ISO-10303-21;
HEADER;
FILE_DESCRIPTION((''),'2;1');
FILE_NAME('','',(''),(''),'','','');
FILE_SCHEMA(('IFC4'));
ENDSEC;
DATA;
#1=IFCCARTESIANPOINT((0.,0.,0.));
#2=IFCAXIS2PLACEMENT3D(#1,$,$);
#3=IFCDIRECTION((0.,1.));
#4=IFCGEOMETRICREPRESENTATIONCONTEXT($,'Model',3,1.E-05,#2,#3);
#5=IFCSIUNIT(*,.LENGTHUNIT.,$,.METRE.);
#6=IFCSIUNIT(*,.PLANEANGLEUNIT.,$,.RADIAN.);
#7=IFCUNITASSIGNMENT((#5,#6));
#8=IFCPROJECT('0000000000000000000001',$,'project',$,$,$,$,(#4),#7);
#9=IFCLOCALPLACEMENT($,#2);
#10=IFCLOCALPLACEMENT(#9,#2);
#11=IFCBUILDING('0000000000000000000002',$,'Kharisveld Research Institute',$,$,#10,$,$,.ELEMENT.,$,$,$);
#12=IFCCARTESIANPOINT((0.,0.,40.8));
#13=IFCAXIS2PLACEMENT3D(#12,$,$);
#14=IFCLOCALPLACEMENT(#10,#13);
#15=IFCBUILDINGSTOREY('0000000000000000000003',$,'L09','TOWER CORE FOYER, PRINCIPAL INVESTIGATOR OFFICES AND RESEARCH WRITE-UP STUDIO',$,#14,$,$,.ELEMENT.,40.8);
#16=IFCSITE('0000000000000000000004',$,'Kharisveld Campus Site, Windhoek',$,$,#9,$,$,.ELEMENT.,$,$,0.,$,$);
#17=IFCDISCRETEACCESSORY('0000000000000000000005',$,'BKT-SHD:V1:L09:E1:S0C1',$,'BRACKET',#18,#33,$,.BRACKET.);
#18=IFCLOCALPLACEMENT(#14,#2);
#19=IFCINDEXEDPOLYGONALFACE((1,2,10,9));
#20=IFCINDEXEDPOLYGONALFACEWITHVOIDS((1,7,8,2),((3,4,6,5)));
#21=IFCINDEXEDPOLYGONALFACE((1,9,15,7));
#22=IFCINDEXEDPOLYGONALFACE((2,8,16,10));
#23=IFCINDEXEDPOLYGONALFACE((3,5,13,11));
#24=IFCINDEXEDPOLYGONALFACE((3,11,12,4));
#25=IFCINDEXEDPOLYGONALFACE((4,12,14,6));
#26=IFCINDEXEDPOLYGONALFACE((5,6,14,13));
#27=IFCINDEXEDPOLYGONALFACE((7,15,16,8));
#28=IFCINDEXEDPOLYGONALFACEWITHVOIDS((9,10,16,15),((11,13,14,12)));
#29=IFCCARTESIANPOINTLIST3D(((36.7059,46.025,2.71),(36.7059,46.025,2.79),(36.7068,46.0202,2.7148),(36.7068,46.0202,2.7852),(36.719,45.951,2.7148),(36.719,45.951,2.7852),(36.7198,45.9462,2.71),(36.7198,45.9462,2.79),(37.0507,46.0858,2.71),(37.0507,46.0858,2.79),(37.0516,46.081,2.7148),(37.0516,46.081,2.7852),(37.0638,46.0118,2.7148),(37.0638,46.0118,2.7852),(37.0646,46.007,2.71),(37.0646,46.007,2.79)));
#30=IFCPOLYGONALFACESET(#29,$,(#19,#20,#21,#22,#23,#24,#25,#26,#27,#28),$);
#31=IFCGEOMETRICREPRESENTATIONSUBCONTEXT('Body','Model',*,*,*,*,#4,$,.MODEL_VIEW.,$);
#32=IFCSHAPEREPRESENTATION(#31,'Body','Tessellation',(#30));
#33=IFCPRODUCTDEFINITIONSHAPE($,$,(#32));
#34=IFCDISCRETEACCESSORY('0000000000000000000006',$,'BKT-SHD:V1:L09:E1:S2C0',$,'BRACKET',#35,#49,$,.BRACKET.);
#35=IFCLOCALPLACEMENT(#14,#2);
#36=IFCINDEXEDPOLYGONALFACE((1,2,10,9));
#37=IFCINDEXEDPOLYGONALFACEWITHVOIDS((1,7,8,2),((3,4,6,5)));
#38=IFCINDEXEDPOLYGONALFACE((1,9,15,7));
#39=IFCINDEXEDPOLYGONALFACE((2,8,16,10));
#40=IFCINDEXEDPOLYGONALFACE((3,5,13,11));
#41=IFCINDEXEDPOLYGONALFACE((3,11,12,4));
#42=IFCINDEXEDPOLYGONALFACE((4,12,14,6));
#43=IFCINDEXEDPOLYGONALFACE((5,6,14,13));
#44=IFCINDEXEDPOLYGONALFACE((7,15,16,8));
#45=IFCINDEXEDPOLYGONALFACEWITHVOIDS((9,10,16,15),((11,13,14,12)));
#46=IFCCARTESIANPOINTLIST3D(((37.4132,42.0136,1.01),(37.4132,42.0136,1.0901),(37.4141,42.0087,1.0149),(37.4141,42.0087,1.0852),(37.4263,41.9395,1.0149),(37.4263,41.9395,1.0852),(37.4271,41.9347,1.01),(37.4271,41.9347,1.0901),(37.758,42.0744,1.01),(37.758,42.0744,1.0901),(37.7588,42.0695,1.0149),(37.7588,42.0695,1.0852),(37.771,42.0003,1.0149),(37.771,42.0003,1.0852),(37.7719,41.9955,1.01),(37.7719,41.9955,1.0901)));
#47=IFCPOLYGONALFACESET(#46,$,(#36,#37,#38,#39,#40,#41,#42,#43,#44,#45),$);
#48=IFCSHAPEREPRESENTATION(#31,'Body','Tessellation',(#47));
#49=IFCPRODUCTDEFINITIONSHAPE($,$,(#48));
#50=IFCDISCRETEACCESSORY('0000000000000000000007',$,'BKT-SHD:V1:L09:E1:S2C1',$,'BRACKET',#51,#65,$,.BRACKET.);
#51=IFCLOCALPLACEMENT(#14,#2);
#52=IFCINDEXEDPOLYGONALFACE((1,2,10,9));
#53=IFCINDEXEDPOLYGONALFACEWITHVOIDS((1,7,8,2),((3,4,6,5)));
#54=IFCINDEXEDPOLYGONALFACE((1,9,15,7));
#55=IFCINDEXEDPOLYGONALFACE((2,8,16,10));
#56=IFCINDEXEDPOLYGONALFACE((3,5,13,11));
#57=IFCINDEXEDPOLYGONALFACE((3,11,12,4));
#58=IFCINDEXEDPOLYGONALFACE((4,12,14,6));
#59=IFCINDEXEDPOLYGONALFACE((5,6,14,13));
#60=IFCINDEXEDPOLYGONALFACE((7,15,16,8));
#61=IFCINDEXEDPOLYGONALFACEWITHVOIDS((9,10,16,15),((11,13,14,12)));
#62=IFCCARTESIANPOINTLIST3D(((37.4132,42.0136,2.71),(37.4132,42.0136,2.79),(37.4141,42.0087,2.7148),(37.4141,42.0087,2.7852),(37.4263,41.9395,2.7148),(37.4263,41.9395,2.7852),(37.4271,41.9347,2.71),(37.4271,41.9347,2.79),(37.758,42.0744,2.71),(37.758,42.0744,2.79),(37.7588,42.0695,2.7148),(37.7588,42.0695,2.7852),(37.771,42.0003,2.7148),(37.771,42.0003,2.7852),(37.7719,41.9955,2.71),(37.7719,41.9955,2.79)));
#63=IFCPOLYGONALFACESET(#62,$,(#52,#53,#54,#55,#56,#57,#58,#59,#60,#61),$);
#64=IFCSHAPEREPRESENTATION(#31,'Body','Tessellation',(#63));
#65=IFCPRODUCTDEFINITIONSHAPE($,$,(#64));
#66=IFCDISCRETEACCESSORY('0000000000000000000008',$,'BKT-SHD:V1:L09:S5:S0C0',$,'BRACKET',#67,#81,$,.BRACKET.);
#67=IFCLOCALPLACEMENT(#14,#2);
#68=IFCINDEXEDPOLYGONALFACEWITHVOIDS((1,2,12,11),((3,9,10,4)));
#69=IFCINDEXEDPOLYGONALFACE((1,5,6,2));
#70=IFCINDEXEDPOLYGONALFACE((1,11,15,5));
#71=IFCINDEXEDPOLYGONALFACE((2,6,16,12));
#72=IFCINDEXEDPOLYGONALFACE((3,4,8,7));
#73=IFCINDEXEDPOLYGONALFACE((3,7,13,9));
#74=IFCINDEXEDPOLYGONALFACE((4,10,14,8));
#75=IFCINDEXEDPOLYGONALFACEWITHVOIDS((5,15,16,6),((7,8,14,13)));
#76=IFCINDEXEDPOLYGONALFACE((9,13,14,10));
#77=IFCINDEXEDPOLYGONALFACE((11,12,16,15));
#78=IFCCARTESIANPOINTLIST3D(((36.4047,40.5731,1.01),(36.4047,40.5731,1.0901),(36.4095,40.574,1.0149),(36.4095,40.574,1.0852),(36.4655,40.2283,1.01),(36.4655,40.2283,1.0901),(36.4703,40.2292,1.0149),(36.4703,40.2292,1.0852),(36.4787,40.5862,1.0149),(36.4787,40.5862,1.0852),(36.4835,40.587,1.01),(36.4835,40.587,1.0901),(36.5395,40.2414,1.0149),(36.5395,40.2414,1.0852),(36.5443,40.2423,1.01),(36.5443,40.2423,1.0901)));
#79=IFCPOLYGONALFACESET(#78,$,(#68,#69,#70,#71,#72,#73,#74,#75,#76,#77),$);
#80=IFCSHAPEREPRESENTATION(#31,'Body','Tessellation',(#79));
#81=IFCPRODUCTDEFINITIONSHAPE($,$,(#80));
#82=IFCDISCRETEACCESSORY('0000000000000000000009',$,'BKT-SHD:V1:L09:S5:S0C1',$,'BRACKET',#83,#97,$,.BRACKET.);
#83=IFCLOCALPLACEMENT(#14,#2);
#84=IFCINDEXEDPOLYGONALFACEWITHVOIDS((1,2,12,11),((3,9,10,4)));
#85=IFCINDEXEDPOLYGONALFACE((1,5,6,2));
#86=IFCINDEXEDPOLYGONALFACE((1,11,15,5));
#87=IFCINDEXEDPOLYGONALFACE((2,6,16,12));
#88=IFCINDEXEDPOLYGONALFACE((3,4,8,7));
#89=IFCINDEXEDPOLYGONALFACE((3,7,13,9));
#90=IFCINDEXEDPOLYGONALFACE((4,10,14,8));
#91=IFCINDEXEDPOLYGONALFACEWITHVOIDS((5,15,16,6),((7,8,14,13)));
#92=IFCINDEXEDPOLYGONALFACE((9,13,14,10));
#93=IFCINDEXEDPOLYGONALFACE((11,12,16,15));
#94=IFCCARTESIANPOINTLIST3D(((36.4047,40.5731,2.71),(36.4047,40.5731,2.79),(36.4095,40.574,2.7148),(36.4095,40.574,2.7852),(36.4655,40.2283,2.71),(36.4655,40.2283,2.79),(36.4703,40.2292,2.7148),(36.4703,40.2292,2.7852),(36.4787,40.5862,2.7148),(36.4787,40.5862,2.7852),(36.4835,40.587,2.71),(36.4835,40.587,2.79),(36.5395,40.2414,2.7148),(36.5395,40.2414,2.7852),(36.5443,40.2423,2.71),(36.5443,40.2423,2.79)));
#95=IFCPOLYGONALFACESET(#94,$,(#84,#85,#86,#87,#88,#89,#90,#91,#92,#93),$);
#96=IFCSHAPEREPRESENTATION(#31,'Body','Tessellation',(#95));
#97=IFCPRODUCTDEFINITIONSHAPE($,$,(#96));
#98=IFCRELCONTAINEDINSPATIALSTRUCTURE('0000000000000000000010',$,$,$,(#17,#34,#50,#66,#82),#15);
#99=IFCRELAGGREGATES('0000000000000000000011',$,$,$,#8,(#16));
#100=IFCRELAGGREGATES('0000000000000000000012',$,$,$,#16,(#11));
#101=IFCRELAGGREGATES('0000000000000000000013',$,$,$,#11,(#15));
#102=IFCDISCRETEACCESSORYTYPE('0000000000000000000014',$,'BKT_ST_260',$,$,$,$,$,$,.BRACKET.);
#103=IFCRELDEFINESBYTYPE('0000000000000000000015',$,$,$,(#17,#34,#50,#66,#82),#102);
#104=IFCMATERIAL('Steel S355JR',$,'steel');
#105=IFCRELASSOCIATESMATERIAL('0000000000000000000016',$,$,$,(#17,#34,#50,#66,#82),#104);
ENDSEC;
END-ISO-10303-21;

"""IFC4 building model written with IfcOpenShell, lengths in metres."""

from ifc_helpers import new_model, si_unit, direction, frame, origin, origin_2d, place, context, subcontext, project, spatial, hollow_rectangle, extrude, material, type_object, element, save


model = new_model("IFC4")

# Units and contexts
model_context = context("Model", 3, precision=1e-05, world=origin(), true_north=direction((0.0, 1.0)))
body_context = subcontext(model_context, "Body", "Model", "MODEL_VIEW")
ifc_project = project(units=[si_unit("LENGTHUNIT", "METRE"), si_unit("PLANEANGLEUNIT", "RADIAN")], contexts=[model_context])

# Site, building, storey
site_placement = place(None, origin())
site = spatial("IfcSite", under=ifc_project, at=site_placement, Name="Kharisveld Campus Site, Windhoek", CompositionType="ELEMENT", RefElevation=0.0)
building_placement = place(site_placement, origin())
building = spatial("IfcBuilding", under=site, at=building_placement, Name="Kharisveld Research Institute", CompositionType="ELEMENT")
storey_placement = place(building_placement, frame((0.0, 0.0, 40.8)))
storey = spatial("IfcBuildingStorey", under=building, at=storey_placement, Name="L09", Description="TOWER CORE FOYER, PRINCIPAL INVESTIGATOR OFFICES AND RESEARCH WRITE-UP STUDIO", CompositionType="ELEMENT", Elevation=40.8)

# Discrete accessories
ifc_material_1 = material(Name="Steel S355JR", Category="steel")
discrete_accessory_type = type_object("IfcDiscreteAccessoryType", Name="BKT_ST_260", PredefinedType="BRACKET")
for number, where, z_axis, x_axis, name in (
    (1, (36.7129, 45.9856, 2.75), (0.984805, 0.173666, 0.0), (-0.173666, 0.984805, 0.0), "BKT-SHD:V1:L09:E1:S0C1"),
    (2, (37.4202, 41.9741, 1.05), (0.984805, 0.173666, 0.0), (-0.173666, 0.984805, 0.0), "BKT-SHD:V1:L09:E1:S2C0"),
    (3, (37.4202, 41.9741, 2.75), (0.984805, 0.173666, 0.0), (-0.173666, 0.984805, 0.0), "BKT-SHD:V1:L09:E1:S2C1"),
    (4, (36.4441, 40.5801, 1.05), (0.173666, -0.984805, 0.0), (0.984805, 0.173666, 0.0), "BKT-SHD:V1:L09:S5:S0C0"),
    (5, (36.4441, 40.5801, 2.75), (0.173666, -0.984805, 0.0), (0.984805, 0.173666, 0.0), "BKT-SHD:V1:L09:S5:S0C1"),
):
    element("IfcDiscreteAccessory", number, at=place(storey_placement, frame(where, z_axis=z_axis, x_axis=x_axis)), inside=storey, type_object=discrete_accessory_type, material=ifc_material_1, Name=name, ObjectType="BRACKET", PredefinedType="BRACKET", context=body_context, shape_type="SweptSolid", body=[
        extrude(hollow_rectangle(XDim=0.0801, YDim=0.0801, WallThickness=0.0049, at=origin_2d()), origin(), (0.0, 0.0, 1.0), 0.3501),
    ])

save(model, "model.ifc")
